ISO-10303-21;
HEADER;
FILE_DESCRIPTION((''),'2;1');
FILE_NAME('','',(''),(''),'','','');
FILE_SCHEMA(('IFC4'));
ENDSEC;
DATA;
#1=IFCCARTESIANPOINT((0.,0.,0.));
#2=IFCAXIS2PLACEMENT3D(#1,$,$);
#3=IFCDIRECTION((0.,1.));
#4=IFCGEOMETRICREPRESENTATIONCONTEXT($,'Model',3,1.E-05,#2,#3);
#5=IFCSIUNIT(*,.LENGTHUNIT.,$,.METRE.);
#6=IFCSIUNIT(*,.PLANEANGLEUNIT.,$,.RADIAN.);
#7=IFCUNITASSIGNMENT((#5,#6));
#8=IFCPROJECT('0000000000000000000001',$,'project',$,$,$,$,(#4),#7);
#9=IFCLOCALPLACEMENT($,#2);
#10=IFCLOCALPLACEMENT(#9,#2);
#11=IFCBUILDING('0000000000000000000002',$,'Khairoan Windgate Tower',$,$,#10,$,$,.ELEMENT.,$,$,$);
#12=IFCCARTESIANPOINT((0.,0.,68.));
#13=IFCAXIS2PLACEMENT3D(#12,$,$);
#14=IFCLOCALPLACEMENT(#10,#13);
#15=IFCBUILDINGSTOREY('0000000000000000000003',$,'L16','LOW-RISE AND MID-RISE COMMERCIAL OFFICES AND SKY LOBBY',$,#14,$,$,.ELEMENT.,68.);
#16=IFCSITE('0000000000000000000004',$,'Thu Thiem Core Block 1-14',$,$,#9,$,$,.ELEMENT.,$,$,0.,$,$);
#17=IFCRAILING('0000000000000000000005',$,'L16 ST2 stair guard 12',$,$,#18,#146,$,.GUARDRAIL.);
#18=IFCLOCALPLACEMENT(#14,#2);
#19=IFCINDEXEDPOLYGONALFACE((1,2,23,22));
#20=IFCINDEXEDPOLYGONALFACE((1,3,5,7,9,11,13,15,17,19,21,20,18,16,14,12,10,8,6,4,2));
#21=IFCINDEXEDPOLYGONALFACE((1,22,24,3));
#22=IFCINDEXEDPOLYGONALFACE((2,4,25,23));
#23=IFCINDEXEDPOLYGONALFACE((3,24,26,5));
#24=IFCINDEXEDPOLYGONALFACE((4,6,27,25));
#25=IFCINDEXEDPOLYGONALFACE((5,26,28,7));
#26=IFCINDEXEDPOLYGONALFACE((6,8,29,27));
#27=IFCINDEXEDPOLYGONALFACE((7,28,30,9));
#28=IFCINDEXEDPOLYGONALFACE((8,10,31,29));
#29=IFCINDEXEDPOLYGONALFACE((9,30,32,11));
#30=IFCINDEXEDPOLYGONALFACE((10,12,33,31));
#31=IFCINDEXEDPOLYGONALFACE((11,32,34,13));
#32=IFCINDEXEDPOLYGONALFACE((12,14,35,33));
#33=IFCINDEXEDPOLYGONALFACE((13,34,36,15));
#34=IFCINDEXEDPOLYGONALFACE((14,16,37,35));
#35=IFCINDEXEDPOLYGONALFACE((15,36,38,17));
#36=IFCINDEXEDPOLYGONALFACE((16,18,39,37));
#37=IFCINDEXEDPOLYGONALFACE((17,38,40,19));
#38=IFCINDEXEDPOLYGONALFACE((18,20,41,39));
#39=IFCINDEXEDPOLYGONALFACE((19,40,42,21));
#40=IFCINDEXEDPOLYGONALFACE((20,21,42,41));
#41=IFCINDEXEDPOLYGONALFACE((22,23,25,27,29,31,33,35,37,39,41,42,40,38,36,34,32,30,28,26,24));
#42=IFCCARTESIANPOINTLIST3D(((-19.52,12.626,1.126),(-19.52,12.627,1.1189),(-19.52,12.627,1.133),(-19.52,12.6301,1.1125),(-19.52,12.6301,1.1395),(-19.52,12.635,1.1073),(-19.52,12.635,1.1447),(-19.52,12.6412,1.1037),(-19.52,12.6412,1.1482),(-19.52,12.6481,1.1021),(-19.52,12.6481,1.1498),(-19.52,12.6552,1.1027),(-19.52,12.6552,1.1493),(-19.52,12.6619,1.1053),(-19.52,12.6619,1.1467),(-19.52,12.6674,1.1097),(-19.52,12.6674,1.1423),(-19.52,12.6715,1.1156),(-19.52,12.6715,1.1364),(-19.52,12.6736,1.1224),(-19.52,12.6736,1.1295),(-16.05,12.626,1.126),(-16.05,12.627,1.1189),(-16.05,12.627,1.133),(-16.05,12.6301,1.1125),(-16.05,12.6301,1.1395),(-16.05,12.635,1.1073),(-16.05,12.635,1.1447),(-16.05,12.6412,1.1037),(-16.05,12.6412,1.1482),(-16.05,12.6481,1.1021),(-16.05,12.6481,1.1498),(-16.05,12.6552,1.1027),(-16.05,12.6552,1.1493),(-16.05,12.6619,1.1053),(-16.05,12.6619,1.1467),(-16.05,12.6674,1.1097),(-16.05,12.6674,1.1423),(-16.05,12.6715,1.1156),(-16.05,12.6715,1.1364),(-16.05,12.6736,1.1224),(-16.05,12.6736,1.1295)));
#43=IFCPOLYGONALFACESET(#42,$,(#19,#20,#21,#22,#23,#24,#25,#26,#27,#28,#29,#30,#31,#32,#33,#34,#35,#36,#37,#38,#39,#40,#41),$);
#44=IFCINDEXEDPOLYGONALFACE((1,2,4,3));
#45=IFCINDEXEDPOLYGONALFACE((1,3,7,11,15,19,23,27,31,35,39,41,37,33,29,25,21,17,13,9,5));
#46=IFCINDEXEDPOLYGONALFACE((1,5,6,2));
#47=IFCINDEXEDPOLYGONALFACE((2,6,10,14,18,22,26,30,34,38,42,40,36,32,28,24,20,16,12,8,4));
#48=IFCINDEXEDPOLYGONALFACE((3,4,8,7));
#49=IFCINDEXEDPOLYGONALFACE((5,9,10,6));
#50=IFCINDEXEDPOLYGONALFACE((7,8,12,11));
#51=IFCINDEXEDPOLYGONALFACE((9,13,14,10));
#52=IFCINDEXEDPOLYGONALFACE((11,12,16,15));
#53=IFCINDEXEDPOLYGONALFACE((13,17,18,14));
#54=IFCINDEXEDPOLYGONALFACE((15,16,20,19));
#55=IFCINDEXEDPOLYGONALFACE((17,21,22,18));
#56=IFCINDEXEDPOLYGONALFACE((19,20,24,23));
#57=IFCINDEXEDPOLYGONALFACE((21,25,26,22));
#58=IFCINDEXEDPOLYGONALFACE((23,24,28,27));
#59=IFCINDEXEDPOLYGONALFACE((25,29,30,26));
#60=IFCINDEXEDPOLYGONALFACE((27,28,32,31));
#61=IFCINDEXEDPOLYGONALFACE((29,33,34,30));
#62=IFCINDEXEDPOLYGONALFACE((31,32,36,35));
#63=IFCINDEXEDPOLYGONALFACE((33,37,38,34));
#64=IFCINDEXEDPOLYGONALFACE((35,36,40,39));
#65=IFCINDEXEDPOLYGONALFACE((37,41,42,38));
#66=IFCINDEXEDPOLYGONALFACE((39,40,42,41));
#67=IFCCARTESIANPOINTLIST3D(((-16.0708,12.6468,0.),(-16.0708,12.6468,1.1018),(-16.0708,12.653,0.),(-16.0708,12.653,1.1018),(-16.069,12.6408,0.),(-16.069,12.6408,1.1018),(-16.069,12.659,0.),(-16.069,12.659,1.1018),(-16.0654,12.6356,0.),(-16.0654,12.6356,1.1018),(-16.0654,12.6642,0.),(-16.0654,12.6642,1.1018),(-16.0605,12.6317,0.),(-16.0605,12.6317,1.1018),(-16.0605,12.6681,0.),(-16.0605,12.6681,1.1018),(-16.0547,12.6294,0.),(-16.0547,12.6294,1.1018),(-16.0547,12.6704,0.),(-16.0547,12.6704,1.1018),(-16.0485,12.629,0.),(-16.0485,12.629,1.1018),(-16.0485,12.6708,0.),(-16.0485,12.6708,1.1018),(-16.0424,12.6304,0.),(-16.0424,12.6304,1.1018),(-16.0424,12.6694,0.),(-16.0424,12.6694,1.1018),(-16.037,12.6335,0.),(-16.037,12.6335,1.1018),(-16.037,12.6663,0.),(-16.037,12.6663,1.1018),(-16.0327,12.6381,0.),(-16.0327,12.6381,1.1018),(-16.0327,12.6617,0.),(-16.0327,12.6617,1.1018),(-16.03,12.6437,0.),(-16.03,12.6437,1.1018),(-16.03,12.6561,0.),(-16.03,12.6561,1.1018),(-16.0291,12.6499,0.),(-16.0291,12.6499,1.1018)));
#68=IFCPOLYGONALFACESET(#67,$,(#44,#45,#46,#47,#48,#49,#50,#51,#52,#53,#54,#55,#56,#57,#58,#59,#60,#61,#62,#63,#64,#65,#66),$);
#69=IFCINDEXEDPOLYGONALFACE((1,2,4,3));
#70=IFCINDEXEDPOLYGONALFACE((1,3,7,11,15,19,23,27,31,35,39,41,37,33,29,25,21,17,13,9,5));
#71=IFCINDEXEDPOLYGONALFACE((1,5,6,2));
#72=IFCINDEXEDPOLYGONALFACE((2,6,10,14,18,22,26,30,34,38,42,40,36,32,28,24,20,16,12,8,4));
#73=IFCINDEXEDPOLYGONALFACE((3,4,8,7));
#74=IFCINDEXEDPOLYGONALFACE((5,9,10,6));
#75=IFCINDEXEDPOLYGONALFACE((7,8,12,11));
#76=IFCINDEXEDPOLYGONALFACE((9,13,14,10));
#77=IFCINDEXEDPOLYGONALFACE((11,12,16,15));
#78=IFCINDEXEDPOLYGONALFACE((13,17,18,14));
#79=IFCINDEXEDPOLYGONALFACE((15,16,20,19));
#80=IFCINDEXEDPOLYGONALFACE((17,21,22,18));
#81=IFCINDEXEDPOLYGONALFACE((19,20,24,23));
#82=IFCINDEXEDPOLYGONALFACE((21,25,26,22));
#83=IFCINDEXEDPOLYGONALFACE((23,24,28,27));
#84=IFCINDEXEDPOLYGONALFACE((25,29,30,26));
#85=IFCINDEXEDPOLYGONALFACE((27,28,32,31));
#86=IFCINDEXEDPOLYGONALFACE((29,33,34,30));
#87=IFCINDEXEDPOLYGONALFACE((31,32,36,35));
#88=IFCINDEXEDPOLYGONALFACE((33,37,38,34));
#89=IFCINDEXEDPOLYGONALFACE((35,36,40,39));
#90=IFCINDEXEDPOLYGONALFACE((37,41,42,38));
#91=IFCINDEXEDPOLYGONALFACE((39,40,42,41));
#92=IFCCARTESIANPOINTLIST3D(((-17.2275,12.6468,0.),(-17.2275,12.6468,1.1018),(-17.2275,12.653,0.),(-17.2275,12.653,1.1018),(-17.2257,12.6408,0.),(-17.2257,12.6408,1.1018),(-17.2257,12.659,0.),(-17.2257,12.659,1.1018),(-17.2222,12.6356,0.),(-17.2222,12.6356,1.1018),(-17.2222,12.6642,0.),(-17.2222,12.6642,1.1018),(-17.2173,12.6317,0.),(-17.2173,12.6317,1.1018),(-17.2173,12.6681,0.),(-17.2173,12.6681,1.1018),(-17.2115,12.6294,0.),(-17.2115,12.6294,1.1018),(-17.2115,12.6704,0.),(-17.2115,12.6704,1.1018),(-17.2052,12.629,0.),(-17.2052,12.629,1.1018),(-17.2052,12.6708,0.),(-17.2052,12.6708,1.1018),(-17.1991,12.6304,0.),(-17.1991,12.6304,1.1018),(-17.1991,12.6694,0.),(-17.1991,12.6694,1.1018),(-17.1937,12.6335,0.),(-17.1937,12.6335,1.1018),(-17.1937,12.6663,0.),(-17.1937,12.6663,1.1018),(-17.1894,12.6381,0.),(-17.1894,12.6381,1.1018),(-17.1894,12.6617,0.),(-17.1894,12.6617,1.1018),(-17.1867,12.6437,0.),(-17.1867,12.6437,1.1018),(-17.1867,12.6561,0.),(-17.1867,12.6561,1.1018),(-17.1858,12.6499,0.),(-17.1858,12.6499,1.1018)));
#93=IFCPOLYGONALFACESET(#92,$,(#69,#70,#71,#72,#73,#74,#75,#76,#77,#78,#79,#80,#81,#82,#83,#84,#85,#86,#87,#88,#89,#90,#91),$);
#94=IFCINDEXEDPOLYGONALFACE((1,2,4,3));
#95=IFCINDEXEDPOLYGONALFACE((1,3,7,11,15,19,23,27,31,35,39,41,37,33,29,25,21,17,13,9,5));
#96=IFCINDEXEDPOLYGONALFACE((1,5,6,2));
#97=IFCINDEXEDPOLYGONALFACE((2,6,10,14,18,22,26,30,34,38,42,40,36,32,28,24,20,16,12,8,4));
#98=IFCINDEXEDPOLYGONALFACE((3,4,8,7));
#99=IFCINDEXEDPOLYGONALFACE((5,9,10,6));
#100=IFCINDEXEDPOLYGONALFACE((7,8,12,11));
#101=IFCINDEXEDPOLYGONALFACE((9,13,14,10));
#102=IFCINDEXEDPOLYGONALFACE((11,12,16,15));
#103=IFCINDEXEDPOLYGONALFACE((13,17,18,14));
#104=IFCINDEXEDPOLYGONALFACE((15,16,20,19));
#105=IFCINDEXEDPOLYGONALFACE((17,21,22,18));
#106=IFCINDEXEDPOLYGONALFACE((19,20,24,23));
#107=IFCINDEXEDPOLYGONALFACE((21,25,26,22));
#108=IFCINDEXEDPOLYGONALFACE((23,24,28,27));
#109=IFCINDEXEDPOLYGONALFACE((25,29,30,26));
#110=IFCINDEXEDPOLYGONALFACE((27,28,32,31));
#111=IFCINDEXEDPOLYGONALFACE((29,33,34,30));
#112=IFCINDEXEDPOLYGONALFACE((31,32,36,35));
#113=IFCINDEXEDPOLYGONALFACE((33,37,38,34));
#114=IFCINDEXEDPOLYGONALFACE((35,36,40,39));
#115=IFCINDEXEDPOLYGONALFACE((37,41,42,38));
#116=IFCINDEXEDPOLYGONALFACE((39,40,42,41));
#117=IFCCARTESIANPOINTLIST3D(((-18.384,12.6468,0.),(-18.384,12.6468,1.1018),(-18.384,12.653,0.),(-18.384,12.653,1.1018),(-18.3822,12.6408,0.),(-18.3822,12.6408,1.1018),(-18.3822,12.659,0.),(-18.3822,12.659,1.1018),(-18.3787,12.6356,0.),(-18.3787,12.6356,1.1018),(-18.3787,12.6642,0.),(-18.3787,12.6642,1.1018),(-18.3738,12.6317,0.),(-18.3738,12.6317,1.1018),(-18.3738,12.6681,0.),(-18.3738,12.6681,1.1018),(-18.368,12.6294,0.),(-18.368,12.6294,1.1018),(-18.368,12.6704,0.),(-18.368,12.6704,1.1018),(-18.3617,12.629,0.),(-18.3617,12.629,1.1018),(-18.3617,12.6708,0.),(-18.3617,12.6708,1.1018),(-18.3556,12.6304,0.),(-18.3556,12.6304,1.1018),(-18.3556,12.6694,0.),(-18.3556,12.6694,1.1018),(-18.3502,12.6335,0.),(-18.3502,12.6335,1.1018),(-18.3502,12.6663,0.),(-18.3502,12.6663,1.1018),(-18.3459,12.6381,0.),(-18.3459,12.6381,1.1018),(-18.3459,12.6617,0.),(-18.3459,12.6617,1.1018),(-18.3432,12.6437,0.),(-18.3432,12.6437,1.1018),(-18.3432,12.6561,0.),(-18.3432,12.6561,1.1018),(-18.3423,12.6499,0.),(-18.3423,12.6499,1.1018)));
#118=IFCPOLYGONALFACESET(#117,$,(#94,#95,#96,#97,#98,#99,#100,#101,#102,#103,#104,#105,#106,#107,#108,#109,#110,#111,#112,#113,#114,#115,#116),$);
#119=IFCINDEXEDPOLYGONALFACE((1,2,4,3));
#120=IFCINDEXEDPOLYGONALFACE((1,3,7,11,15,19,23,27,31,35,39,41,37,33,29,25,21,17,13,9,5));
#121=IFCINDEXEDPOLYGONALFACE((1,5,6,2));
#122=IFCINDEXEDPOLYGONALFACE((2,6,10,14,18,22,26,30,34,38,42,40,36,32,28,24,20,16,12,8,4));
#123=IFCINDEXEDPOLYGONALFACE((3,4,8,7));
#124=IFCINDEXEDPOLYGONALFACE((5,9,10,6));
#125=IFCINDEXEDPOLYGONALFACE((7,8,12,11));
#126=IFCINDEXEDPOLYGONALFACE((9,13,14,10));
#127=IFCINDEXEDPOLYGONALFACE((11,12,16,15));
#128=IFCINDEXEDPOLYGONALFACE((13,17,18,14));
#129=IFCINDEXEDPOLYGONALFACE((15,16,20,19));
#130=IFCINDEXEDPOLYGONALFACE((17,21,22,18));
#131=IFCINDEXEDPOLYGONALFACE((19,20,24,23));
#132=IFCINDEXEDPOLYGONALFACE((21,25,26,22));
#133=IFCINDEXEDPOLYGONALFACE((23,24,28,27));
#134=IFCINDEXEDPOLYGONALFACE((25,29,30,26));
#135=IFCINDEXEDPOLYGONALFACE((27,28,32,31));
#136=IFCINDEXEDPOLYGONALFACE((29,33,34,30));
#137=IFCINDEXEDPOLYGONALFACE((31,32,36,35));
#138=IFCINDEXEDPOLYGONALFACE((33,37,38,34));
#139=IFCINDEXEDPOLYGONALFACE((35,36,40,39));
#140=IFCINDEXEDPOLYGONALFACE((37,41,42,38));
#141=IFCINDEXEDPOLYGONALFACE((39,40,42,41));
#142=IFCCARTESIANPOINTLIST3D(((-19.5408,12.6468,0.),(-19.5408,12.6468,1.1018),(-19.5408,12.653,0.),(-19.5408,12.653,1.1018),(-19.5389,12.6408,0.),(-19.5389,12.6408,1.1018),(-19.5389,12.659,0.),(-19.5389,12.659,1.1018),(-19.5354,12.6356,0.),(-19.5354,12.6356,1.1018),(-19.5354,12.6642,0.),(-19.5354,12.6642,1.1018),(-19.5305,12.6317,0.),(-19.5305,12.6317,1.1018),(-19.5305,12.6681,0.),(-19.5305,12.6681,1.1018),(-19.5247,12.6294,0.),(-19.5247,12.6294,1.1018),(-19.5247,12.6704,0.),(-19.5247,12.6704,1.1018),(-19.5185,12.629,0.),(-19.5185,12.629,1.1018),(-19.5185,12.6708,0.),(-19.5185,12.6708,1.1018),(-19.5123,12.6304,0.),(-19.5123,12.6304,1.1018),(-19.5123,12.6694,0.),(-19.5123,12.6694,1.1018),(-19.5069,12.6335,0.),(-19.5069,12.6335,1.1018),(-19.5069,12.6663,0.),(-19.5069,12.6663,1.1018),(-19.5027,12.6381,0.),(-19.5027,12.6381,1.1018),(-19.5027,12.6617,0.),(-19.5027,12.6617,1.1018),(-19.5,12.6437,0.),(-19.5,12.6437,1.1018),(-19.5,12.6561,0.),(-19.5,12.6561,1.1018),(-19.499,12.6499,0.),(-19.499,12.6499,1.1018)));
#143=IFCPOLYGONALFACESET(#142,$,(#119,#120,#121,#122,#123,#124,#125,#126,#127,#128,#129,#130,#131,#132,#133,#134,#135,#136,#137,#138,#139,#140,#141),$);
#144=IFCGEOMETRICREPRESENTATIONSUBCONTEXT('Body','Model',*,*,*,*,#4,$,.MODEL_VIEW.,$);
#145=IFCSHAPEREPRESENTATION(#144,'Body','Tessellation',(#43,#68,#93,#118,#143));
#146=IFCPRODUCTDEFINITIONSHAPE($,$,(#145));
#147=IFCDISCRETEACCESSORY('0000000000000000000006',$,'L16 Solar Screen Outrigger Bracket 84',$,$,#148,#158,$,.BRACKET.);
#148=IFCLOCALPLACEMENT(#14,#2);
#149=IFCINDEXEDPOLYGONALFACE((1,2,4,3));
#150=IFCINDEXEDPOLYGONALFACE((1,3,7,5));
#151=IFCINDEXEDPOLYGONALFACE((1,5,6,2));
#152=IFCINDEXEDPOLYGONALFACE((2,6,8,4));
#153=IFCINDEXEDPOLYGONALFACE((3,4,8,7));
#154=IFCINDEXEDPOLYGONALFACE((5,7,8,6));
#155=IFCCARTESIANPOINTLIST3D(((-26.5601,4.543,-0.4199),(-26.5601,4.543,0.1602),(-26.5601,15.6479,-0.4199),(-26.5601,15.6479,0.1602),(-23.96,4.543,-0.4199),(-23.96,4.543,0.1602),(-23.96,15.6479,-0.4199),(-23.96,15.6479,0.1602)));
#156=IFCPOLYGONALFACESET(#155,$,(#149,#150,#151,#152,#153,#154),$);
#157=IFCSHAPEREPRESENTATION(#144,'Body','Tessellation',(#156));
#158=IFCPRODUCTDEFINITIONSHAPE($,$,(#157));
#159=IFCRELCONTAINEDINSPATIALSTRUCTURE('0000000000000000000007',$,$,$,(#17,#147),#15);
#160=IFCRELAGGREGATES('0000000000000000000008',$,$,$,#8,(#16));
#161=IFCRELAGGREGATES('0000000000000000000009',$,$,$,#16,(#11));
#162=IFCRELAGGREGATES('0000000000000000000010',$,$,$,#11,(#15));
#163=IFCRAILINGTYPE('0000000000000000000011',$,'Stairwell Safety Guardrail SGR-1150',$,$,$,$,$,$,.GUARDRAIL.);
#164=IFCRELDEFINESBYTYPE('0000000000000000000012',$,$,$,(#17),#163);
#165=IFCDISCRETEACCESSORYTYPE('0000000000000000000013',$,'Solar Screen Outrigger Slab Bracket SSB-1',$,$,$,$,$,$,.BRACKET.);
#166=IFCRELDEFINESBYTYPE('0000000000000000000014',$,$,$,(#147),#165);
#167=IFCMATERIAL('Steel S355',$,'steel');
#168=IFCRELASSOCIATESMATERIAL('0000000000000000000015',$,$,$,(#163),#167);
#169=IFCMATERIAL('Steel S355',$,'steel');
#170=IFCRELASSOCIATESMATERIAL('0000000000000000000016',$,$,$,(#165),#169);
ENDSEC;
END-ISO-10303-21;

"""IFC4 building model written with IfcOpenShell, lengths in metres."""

from ifc_helpers import new_model, si_unit, direction, frame, origin, origin_2d, place, context, subcontext, project, spatial, rectangle, circle, extrude, material, type_object, element, save


model = new_model("IFC4")

# Units and contexts
model_context = context("Model", 3, precision=1e-05, world=origin(), true_north=direction((0.0, 1.0)))
body_context = subcontext(model_context, "Body", "Model", "MODEL_VIEW")
ifc_project = project(units=[si_unit("LENGTHUNIT", "METRE"), si_unit("PLANEANGLEUNIT", "RADIAN")], contexts=[model_context])

# Site, building, storey
site_placement = place(None, origin())
site = spatial("IfcSite", under=ifc_project, at=site_placement, Name="Thu Thiem Core Block 1-14", CompositionType="ELEMENT", RefElevation=0.0)
building_placement = place(site_placement, origin())
building = spatial("IfcBuilding", under=site, at=building_placement, Name="Khairoan Windgate Tower", CompositionType="ELEMENT")
storey_placement = place(building_placement, frame((0.0, 0.0, 68.0)))
storey = spatial("IfcBuildingStorey", under=building, at=storey_placement, Name="L16", Description="LOW-RISE AND MID-RISE COMMERCIAL OFFICES AND SKY LOBBY", CompositionType="ELEMENT", Elevation=68.0)

# Railing
ifc_material_1 = material(Name="Steel S355", Category="steel")
railing_type = type_object("IfcRailingType", Name="Stairwell Safety Guardrail SGR-1150", PredefinedType="GUARDRAIL", material=ifc_material_1)
railing_1_placement = place(storey_placement, frame((-16.05, 12.6499, 0.0)))
element("IfcRailing", 1, at=railing_1_placement, inside=storey, type_object=railing_type, Name="L16 ST2 stair guard 12", PredefinedType="GUARDRAIL", context=body_context, shape_type="SweptSolid", body=[
    extrude(circle(Radius=0.0239, at=origin_2d()), frame((0.0, 0.0, 1.126), z_axis=(-1.0, 0.0, 0.0), x_axis=(0.0, -1.0, 0.0)), (0.0, 0.0, 1.0), 3.47),
    extrude(circle(Radius=0.021, at=origin_2d()), origin(), (0.0, 0.0, 1.0), 1.1018),
    extrude(circle(Radius=0.021, at=origin_2d()), frame((-1.1567, 0.0, 0.0)), (0.0, 0.0, 1.0), 1.1018),
    extrude(circle(Radius=0.021, at=origin_2d()), frame((-2.3132, 0.0, 0.0)), (0.0, 0.0, 1.0), 1.1018),
    extrude(circle(Radius=0.021, at=origin_2d()), frame((-3.47, 0.0, 0.0)), (0.0, 0.0, 1.0), 1.1018),
])

# Discrete accessory
ifc_material_2 = material(Name="Steel S355", Category="steel")
discrete_accessory_type = type_object("IfcDiscreteAccessoryType", Name="Solar Screen Outrigger Slab Bracket SSB-1", PredefinedType="BRACKET", material=ifc_material_2)
discrete_accessory_placement = place(storey_placement, frame((-25.26, 10.0955, -0.4199), z_axis=(0.0, 0.0, 1.0), x_axis=(0.0, 1.0, 0.0)))
element("IfcDiscreteAccessory", 2, at=discrete_accessory_placement, inside=storey, type_object=discrete_accessory_type, Name="L16 Solar Screen Outrigger Bracket 84", PredefinedType="BRACKET", context=body_context, shape_type="SweptSolid", body=[
    extrude(rectangle(XDim=11.105, YDim=2.6001, at=origin_2d()), origin(), (0.0, 0.0, 1.0), 0.5801),
])

save(model, "model.ifc")
